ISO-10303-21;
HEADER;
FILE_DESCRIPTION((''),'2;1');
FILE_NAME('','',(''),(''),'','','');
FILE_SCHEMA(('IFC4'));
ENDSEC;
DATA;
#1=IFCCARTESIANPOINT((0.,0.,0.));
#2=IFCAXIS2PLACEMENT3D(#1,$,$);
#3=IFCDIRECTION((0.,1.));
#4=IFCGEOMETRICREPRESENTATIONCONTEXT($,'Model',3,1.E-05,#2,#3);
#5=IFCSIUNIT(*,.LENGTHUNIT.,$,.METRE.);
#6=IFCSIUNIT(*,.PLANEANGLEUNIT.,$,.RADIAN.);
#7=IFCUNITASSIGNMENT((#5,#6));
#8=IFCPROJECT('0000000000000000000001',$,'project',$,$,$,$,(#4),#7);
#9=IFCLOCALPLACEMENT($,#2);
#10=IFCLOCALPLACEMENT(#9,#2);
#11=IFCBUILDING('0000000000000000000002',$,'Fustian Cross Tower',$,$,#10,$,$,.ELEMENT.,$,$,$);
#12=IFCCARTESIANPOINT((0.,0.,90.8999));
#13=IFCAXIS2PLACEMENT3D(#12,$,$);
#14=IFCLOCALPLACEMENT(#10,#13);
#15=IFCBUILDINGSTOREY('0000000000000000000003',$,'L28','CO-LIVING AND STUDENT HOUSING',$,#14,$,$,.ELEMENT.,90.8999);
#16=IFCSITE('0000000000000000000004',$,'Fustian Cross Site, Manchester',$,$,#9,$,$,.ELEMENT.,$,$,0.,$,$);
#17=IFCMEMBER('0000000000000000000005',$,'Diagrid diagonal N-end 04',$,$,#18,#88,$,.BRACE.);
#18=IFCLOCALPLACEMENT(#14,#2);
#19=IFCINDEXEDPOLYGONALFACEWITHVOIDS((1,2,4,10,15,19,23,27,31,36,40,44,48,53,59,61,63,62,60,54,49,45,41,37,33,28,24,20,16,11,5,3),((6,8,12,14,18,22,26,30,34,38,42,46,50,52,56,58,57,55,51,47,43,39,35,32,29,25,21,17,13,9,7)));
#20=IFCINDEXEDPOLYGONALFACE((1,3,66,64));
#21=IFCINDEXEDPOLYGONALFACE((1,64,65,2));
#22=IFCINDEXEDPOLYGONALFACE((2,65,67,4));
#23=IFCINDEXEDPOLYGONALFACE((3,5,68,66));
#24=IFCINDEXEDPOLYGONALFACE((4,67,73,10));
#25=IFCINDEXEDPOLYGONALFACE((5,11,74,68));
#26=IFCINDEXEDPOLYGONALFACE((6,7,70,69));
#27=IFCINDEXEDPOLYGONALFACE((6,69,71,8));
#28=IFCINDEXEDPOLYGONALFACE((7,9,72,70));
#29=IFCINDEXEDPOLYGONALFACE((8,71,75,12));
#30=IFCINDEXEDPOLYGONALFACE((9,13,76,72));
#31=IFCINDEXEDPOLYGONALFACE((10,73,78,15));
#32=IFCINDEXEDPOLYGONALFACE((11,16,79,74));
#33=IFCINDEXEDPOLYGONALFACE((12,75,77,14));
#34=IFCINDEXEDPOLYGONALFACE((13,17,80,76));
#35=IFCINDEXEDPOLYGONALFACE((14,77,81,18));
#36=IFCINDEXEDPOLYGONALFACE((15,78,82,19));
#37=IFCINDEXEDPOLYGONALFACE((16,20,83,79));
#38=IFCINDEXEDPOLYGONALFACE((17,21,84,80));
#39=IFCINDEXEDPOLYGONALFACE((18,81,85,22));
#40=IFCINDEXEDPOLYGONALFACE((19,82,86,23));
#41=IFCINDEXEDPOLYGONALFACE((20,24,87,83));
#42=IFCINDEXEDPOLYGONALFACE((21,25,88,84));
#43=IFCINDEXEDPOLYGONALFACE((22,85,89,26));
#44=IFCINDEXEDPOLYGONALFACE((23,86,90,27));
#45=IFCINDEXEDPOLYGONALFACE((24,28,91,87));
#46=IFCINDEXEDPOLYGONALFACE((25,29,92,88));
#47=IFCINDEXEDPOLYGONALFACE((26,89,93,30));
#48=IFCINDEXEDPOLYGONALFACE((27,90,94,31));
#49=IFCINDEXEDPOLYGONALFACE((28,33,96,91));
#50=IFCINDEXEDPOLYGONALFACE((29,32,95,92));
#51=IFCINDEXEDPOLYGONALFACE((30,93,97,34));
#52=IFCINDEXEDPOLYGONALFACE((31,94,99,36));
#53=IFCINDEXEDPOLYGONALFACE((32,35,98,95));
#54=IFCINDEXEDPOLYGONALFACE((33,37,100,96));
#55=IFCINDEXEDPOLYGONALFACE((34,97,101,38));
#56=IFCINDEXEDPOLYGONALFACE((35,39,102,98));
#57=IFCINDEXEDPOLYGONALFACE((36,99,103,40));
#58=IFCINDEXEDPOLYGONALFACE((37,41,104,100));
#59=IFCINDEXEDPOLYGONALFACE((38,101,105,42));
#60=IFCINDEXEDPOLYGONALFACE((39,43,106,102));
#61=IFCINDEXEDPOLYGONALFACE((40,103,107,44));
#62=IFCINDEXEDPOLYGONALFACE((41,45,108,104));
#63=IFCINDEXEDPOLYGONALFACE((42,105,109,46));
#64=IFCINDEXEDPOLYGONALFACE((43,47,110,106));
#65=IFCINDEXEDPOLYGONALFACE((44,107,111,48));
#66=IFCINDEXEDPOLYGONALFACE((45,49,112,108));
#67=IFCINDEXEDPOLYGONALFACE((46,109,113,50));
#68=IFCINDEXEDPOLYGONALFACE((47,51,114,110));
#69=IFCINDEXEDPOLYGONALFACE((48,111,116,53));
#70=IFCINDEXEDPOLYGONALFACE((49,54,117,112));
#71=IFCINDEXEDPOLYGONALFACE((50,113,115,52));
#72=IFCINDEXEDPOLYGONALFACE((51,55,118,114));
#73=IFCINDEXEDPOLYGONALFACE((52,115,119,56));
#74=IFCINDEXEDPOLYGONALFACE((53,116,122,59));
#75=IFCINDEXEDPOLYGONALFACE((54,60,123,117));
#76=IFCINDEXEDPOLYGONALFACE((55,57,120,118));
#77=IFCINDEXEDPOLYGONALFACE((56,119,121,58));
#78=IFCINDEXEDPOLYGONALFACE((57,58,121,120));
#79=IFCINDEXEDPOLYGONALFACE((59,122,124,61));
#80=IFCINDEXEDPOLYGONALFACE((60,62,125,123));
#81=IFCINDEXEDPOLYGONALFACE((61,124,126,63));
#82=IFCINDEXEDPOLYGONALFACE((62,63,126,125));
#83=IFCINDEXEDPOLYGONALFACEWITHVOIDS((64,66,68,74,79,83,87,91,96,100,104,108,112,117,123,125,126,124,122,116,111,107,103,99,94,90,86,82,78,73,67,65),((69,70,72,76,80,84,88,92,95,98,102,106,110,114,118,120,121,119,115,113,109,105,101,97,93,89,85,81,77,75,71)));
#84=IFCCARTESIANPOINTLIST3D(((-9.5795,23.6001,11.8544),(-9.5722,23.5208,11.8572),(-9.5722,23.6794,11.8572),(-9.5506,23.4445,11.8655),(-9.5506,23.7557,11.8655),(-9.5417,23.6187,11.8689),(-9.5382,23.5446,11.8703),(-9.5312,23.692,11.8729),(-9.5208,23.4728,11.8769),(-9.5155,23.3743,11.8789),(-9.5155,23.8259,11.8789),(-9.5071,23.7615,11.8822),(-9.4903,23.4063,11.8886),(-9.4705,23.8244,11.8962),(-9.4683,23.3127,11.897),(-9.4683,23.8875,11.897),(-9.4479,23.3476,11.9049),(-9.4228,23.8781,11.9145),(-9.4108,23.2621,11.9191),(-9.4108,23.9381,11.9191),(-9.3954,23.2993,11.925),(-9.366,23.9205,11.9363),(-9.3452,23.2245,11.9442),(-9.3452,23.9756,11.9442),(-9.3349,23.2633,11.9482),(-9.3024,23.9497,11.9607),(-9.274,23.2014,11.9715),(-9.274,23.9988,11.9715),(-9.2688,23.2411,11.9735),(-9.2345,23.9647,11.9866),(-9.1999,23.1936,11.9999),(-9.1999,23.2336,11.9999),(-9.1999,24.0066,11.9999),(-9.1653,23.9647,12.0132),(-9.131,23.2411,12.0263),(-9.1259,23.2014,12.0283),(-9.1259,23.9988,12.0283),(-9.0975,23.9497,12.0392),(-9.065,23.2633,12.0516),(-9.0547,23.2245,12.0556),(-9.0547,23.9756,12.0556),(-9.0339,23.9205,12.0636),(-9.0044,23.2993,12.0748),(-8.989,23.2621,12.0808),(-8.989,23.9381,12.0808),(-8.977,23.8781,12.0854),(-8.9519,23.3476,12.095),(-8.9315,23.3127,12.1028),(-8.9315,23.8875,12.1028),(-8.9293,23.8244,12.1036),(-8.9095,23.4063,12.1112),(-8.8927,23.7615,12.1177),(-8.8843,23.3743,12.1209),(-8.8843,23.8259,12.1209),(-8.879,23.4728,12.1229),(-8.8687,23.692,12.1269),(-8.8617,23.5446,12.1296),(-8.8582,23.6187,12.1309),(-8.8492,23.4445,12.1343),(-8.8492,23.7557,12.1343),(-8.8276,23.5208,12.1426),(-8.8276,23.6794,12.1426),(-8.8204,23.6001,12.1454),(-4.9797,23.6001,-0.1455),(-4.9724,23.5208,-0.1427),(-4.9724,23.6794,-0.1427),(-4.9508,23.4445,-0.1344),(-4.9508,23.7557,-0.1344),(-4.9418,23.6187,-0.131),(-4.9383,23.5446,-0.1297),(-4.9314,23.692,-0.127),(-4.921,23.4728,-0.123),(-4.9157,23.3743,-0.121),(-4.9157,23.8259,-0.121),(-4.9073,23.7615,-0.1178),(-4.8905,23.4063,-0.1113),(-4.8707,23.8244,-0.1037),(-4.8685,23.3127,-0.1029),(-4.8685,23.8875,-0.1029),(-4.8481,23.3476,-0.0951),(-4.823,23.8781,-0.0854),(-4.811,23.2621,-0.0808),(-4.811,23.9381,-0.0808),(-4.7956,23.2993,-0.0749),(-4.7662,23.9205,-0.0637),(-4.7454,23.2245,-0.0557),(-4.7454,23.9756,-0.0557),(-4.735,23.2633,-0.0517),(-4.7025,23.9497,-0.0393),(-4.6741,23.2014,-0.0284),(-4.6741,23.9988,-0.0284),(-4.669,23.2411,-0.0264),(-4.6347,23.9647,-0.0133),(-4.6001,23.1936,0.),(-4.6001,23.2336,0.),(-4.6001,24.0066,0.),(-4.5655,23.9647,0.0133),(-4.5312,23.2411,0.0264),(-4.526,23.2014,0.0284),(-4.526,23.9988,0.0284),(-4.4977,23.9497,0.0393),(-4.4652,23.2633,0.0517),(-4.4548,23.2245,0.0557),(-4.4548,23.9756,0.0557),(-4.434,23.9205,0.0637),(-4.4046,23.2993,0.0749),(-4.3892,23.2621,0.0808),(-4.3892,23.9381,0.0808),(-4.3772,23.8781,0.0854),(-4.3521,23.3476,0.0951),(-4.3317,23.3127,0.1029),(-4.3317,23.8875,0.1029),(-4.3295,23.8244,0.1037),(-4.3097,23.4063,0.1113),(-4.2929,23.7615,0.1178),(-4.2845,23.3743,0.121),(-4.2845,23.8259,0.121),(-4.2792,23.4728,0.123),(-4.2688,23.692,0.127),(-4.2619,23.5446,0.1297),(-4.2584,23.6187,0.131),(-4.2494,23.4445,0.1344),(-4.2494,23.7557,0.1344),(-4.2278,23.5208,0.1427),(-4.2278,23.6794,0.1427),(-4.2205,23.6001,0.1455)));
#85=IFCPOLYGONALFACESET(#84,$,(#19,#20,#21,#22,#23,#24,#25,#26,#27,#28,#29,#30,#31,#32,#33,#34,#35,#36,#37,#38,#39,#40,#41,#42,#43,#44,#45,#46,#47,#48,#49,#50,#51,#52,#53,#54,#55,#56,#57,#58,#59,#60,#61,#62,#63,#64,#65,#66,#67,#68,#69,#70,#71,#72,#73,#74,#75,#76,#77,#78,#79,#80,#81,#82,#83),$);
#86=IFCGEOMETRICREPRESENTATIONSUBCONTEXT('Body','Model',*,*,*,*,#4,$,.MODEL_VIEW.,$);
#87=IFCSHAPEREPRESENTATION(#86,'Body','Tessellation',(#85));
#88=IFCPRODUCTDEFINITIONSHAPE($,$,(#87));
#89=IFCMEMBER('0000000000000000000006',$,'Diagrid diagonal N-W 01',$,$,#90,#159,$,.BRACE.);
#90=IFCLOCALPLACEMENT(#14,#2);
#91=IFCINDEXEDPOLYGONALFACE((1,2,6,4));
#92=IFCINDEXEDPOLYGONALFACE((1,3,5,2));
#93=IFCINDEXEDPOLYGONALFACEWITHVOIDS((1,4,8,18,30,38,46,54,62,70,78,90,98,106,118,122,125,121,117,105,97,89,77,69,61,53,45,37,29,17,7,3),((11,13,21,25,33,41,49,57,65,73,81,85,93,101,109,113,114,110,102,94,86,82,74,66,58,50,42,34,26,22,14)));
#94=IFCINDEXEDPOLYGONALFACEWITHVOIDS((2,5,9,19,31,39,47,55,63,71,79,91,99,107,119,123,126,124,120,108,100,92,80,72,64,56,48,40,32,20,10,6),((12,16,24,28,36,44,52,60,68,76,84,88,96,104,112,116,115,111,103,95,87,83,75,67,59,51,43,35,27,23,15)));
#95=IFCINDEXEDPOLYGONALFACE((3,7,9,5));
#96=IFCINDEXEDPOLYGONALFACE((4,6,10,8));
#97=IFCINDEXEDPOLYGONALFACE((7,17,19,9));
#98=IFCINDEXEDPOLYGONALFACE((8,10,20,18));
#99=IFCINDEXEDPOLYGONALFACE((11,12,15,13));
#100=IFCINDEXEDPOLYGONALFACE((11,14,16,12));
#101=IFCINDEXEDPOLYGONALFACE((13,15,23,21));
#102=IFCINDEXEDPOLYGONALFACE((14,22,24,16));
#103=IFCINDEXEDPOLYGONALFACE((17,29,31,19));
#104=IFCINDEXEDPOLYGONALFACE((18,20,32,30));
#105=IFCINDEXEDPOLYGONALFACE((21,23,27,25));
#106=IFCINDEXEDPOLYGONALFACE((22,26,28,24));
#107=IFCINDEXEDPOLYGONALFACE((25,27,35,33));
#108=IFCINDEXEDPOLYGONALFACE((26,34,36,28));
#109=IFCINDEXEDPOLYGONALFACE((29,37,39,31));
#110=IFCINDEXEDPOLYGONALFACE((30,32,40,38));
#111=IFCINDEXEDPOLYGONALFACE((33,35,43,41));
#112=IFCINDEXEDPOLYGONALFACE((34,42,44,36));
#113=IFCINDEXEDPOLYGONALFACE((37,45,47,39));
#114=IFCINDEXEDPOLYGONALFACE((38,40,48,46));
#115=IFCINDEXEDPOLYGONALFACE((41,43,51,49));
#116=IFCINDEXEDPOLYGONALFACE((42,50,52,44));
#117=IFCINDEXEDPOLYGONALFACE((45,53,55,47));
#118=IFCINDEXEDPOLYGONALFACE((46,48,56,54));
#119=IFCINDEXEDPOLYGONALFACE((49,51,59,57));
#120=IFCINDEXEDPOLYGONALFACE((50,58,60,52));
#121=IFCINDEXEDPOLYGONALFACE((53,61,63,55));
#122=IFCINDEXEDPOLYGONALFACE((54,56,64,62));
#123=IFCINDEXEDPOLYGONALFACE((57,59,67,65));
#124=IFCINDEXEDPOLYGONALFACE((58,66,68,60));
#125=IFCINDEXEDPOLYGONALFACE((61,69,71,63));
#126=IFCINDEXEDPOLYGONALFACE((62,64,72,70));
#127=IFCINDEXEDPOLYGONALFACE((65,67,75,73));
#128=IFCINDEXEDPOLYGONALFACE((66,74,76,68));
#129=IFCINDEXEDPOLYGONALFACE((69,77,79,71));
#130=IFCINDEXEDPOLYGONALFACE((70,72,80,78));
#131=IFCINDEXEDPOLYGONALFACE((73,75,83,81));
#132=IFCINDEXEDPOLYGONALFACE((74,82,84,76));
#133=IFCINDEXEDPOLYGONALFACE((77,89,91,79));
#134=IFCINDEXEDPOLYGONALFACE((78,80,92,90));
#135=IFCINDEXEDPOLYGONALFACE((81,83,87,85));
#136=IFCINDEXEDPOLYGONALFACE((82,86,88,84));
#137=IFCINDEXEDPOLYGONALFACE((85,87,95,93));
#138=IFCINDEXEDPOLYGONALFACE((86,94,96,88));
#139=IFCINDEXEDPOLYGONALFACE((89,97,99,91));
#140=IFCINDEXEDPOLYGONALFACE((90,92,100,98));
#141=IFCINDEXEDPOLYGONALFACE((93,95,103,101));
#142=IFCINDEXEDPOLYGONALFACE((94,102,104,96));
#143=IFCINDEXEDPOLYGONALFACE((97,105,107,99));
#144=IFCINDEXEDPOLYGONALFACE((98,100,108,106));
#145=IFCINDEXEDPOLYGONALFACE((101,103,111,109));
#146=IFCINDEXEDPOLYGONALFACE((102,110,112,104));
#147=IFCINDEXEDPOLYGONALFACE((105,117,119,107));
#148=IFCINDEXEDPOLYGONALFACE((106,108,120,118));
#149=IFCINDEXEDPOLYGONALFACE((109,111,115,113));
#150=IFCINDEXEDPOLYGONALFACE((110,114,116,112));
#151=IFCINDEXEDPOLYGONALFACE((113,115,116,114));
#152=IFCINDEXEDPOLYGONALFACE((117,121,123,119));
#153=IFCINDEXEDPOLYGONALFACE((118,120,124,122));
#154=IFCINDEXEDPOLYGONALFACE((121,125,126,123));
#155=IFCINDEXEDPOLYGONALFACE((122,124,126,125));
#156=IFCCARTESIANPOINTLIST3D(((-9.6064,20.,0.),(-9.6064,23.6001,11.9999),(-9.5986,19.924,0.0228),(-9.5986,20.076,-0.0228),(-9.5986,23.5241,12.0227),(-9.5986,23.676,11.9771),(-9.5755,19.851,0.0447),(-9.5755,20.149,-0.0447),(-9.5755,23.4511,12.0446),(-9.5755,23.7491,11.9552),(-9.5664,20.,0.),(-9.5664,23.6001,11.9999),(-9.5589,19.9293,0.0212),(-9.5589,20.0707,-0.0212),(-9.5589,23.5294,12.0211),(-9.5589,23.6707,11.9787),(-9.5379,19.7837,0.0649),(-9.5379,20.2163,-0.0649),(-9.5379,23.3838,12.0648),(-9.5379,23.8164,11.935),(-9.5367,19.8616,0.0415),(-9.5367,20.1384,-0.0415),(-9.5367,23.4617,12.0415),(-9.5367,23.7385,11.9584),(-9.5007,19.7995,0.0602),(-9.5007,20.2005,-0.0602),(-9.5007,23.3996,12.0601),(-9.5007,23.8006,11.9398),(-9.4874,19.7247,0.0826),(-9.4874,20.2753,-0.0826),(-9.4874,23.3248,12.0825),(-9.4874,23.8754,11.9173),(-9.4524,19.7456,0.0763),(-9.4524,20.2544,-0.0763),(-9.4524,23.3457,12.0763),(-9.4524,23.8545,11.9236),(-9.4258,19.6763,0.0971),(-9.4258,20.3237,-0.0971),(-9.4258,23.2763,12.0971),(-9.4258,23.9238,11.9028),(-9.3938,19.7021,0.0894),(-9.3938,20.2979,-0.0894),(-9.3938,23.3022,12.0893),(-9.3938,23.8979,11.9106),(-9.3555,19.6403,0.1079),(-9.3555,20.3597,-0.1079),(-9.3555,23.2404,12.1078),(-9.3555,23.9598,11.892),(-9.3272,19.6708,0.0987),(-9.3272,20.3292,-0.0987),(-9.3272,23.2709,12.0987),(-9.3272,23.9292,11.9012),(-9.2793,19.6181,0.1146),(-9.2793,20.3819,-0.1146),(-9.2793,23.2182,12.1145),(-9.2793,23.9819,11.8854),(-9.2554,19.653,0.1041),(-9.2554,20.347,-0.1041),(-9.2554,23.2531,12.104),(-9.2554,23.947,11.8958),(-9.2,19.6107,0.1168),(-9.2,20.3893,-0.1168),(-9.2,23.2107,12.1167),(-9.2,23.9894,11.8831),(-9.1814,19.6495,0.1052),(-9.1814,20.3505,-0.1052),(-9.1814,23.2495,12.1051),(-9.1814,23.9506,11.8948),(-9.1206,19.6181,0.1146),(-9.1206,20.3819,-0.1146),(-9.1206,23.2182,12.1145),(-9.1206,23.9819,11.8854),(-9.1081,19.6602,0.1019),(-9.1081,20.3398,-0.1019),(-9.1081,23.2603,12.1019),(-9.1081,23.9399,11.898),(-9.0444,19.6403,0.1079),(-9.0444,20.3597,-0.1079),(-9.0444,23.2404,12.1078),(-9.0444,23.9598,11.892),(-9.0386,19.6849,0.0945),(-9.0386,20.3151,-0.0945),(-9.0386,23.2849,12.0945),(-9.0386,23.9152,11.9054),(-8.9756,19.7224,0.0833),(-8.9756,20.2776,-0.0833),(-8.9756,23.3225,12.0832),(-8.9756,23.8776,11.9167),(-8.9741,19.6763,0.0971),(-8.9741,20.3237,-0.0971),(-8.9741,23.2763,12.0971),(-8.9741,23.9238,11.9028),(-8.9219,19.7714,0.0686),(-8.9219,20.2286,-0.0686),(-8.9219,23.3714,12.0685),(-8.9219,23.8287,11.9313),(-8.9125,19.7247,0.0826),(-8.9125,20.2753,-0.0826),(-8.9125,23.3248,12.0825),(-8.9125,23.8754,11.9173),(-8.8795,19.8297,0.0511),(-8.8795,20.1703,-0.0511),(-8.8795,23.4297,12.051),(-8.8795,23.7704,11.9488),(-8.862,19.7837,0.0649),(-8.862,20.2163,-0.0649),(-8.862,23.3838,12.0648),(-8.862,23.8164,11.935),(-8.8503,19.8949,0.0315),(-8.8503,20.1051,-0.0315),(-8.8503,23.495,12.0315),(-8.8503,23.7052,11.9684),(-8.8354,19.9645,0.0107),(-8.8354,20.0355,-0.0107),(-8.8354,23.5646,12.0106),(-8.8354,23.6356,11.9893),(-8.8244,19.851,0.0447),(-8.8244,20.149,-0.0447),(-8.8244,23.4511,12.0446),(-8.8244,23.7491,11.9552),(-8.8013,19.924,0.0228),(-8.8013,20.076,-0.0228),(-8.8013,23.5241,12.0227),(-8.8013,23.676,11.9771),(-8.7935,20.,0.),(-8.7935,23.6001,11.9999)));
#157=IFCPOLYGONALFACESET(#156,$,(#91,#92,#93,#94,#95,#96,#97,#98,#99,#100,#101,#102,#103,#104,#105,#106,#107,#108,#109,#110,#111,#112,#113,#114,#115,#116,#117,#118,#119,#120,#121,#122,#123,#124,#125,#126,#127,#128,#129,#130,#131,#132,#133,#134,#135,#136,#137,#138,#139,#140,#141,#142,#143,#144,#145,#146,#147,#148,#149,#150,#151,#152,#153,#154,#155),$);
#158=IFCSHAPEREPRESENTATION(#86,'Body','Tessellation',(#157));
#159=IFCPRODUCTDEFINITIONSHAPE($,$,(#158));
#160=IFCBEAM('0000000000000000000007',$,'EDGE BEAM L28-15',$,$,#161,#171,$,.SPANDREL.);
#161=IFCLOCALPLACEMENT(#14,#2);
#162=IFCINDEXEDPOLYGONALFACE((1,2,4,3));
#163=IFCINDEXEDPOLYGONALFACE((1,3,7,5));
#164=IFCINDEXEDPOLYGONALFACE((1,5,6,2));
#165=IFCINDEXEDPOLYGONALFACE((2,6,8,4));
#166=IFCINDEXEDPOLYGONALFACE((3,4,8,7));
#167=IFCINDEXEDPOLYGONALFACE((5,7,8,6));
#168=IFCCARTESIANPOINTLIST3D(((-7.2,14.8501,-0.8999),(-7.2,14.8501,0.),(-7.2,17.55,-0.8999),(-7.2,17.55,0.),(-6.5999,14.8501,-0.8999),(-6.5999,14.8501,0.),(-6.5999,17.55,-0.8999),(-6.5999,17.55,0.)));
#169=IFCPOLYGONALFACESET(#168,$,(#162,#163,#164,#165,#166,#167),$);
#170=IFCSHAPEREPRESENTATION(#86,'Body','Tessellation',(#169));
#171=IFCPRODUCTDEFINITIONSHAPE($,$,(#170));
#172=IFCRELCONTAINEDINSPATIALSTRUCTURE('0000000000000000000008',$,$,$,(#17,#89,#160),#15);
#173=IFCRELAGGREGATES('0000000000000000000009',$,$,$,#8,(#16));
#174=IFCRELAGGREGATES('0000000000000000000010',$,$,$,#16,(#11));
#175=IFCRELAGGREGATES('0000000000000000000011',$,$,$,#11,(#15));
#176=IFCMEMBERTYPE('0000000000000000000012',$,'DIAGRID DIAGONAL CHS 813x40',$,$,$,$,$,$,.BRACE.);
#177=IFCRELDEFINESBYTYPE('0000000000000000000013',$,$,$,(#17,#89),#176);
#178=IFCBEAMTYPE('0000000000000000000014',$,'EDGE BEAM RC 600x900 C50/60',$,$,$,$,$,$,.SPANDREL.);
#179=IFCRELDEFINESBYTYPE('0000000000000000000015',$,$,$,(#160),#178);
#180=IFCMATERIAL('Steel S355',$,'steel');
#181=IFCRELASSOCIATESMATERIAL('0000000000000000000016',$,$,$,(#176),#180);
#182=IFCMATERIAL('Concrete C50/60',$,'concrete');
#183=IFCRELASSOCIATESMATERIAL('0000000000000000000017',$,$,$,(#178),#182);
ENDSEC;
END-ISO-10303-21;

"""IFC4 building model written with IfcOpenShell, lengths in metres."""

from ifc_helpers import new_model, si_unit, direction, frame, origin, origin_2d, place, context, subcontext, project, spatial, rectangle, hollow_circle, extrude, material, material_profile, profile_set, type_object, element, save


model = new_model("IFC4")

# Units and contexts
model_context = context("Model", 3, precision=1e-05, world=origin(), true_north=direction((0.0, 1.0)))
body_context = subcontext(model_context, "Body", "Model", "MODEL_VIEW")
ifc_project = project(units=[si_unit("LENGTHUNIT", "METRE"), si_unit("PLANEANGLEUNIT", "RADIAN")], contexts=[model_context])

# Site, building, storey
site_placement = place(None, origin())
site = spatial("IfcSite", under=ifc_project, at=site_placement, Name="Fustian Cross Site, Manchester", CompositionType="ELEMENT", RefElevation=0.0)
building_placement = place(site_placement, origin())
building = spatial("IfcBuilding", under=site, at=building_placement, Name="Fustian Cross Tower", CompositionType="ELEMENT")
storey_placement = place(building_placement, frame((0.0, 0.0, 90.8999)))
storey = spatial("IfcBuildingStorey", under=building, at=storey_placement, Name="L28", Description="CO-LIVING AND STUDENT HOUSING", CompositionType="ELEMENT", Elevation=90.8999)

# Members
ifc_material_1 = material(Name="Steel S355", Category="steel")
ifc_material_profile_1 = material_profile(ifc_material_1, hollow_circle(Radius=0.4065, WallThickness=0.04, at=origin_2d()), Name="CHS 813x40")
ifc_profile_set_1 = profile_set([ifc_material_profile_1], Name="Steel S355")
member_type_1 = type_object("IfcMemberType", Name="DIAGRID DIAGONAL CHS 813x40", PredefinedType="BRACE", material=ifc_profile_set_1)
member_1_placement = place(storey_placement, frame((-4.6001, 23.6001, 0.0), z_axis=(-0.357926, 0.0, 0.93375), x_axis=(0.0, -1.0, 0.0)))
element("IfcMember", 1, at=member_1_placement, inside=storey, type_object=member_type_1, Name="Diagrid diagonal N-end 04", PredefinedType="BRACE", context=body_context, shape_type="SweptSolid", body=[
    extrude(hollow_circle(Radius=0.4065, WallThickness=0.04, at=origin_2d()), origin(), (0.0, 0.0, 1.0), 12.8513),
])
member_2_placement = place(storey_placement, frame((-9.2, 20.0, 0.0), z_axis=(0.0, 0.287355, 0.957824), x_axis=(-1.0, 0.0, 0.0)))
element("IfcMember", 2, at=member_2_placement, inside=storey, type_object=member_type_1, Name="Diagrid diagonal N-W 01", PredefinedType="BRACE", context=body_context, shape_type="SweptSolid", body=[
    extrude(hollow_circle(Radius=0.4065, WallThickness=0.04, at=origin_2d()), origin(), (0.0, 0.0, 1.0), 12.5283),
])

# Beam
ifc_material_2 = material(Name="Concrete C50/60", Category="concrete")
ifc_material_profile_2 = material_profile(ifc_material_2, rectangle(XDim=0.6001, YDim=0.8999, at=origin_2d()), Name="RC 600x900")
ifc_profile_set_2 = profile_set([ifc_material_profile_2], Name="Concrete C50/60")
beam_type = type_object("IfcBeamType", Name="EDGE BEAM RC 600x900 C50/60", PredefinedType="SPANDREL", material=ifc_profile_set_2)
beam_placement = place(storey_placement, frame((-6.8999, 17.55, -0.45), z_axis=(0.0, -1.0, 0.0), x_axis=(1.0, 0.0, 0.0)))
element("IfcBeam", 3, at=beam_placement, inside=storey, type_object=beam_type, Name="EDGE BEAM L28-15", PredefinedType="SPANDREL", context=body_context, shape_type="SweptSolid", body=[
    extrude(rectangle(XDim=0.6001, YDim=0.8999, at=origin_2d()), origin(), (0.0, 0.0, 1.0), 2.7),
])

save(model, "model.ifc")
